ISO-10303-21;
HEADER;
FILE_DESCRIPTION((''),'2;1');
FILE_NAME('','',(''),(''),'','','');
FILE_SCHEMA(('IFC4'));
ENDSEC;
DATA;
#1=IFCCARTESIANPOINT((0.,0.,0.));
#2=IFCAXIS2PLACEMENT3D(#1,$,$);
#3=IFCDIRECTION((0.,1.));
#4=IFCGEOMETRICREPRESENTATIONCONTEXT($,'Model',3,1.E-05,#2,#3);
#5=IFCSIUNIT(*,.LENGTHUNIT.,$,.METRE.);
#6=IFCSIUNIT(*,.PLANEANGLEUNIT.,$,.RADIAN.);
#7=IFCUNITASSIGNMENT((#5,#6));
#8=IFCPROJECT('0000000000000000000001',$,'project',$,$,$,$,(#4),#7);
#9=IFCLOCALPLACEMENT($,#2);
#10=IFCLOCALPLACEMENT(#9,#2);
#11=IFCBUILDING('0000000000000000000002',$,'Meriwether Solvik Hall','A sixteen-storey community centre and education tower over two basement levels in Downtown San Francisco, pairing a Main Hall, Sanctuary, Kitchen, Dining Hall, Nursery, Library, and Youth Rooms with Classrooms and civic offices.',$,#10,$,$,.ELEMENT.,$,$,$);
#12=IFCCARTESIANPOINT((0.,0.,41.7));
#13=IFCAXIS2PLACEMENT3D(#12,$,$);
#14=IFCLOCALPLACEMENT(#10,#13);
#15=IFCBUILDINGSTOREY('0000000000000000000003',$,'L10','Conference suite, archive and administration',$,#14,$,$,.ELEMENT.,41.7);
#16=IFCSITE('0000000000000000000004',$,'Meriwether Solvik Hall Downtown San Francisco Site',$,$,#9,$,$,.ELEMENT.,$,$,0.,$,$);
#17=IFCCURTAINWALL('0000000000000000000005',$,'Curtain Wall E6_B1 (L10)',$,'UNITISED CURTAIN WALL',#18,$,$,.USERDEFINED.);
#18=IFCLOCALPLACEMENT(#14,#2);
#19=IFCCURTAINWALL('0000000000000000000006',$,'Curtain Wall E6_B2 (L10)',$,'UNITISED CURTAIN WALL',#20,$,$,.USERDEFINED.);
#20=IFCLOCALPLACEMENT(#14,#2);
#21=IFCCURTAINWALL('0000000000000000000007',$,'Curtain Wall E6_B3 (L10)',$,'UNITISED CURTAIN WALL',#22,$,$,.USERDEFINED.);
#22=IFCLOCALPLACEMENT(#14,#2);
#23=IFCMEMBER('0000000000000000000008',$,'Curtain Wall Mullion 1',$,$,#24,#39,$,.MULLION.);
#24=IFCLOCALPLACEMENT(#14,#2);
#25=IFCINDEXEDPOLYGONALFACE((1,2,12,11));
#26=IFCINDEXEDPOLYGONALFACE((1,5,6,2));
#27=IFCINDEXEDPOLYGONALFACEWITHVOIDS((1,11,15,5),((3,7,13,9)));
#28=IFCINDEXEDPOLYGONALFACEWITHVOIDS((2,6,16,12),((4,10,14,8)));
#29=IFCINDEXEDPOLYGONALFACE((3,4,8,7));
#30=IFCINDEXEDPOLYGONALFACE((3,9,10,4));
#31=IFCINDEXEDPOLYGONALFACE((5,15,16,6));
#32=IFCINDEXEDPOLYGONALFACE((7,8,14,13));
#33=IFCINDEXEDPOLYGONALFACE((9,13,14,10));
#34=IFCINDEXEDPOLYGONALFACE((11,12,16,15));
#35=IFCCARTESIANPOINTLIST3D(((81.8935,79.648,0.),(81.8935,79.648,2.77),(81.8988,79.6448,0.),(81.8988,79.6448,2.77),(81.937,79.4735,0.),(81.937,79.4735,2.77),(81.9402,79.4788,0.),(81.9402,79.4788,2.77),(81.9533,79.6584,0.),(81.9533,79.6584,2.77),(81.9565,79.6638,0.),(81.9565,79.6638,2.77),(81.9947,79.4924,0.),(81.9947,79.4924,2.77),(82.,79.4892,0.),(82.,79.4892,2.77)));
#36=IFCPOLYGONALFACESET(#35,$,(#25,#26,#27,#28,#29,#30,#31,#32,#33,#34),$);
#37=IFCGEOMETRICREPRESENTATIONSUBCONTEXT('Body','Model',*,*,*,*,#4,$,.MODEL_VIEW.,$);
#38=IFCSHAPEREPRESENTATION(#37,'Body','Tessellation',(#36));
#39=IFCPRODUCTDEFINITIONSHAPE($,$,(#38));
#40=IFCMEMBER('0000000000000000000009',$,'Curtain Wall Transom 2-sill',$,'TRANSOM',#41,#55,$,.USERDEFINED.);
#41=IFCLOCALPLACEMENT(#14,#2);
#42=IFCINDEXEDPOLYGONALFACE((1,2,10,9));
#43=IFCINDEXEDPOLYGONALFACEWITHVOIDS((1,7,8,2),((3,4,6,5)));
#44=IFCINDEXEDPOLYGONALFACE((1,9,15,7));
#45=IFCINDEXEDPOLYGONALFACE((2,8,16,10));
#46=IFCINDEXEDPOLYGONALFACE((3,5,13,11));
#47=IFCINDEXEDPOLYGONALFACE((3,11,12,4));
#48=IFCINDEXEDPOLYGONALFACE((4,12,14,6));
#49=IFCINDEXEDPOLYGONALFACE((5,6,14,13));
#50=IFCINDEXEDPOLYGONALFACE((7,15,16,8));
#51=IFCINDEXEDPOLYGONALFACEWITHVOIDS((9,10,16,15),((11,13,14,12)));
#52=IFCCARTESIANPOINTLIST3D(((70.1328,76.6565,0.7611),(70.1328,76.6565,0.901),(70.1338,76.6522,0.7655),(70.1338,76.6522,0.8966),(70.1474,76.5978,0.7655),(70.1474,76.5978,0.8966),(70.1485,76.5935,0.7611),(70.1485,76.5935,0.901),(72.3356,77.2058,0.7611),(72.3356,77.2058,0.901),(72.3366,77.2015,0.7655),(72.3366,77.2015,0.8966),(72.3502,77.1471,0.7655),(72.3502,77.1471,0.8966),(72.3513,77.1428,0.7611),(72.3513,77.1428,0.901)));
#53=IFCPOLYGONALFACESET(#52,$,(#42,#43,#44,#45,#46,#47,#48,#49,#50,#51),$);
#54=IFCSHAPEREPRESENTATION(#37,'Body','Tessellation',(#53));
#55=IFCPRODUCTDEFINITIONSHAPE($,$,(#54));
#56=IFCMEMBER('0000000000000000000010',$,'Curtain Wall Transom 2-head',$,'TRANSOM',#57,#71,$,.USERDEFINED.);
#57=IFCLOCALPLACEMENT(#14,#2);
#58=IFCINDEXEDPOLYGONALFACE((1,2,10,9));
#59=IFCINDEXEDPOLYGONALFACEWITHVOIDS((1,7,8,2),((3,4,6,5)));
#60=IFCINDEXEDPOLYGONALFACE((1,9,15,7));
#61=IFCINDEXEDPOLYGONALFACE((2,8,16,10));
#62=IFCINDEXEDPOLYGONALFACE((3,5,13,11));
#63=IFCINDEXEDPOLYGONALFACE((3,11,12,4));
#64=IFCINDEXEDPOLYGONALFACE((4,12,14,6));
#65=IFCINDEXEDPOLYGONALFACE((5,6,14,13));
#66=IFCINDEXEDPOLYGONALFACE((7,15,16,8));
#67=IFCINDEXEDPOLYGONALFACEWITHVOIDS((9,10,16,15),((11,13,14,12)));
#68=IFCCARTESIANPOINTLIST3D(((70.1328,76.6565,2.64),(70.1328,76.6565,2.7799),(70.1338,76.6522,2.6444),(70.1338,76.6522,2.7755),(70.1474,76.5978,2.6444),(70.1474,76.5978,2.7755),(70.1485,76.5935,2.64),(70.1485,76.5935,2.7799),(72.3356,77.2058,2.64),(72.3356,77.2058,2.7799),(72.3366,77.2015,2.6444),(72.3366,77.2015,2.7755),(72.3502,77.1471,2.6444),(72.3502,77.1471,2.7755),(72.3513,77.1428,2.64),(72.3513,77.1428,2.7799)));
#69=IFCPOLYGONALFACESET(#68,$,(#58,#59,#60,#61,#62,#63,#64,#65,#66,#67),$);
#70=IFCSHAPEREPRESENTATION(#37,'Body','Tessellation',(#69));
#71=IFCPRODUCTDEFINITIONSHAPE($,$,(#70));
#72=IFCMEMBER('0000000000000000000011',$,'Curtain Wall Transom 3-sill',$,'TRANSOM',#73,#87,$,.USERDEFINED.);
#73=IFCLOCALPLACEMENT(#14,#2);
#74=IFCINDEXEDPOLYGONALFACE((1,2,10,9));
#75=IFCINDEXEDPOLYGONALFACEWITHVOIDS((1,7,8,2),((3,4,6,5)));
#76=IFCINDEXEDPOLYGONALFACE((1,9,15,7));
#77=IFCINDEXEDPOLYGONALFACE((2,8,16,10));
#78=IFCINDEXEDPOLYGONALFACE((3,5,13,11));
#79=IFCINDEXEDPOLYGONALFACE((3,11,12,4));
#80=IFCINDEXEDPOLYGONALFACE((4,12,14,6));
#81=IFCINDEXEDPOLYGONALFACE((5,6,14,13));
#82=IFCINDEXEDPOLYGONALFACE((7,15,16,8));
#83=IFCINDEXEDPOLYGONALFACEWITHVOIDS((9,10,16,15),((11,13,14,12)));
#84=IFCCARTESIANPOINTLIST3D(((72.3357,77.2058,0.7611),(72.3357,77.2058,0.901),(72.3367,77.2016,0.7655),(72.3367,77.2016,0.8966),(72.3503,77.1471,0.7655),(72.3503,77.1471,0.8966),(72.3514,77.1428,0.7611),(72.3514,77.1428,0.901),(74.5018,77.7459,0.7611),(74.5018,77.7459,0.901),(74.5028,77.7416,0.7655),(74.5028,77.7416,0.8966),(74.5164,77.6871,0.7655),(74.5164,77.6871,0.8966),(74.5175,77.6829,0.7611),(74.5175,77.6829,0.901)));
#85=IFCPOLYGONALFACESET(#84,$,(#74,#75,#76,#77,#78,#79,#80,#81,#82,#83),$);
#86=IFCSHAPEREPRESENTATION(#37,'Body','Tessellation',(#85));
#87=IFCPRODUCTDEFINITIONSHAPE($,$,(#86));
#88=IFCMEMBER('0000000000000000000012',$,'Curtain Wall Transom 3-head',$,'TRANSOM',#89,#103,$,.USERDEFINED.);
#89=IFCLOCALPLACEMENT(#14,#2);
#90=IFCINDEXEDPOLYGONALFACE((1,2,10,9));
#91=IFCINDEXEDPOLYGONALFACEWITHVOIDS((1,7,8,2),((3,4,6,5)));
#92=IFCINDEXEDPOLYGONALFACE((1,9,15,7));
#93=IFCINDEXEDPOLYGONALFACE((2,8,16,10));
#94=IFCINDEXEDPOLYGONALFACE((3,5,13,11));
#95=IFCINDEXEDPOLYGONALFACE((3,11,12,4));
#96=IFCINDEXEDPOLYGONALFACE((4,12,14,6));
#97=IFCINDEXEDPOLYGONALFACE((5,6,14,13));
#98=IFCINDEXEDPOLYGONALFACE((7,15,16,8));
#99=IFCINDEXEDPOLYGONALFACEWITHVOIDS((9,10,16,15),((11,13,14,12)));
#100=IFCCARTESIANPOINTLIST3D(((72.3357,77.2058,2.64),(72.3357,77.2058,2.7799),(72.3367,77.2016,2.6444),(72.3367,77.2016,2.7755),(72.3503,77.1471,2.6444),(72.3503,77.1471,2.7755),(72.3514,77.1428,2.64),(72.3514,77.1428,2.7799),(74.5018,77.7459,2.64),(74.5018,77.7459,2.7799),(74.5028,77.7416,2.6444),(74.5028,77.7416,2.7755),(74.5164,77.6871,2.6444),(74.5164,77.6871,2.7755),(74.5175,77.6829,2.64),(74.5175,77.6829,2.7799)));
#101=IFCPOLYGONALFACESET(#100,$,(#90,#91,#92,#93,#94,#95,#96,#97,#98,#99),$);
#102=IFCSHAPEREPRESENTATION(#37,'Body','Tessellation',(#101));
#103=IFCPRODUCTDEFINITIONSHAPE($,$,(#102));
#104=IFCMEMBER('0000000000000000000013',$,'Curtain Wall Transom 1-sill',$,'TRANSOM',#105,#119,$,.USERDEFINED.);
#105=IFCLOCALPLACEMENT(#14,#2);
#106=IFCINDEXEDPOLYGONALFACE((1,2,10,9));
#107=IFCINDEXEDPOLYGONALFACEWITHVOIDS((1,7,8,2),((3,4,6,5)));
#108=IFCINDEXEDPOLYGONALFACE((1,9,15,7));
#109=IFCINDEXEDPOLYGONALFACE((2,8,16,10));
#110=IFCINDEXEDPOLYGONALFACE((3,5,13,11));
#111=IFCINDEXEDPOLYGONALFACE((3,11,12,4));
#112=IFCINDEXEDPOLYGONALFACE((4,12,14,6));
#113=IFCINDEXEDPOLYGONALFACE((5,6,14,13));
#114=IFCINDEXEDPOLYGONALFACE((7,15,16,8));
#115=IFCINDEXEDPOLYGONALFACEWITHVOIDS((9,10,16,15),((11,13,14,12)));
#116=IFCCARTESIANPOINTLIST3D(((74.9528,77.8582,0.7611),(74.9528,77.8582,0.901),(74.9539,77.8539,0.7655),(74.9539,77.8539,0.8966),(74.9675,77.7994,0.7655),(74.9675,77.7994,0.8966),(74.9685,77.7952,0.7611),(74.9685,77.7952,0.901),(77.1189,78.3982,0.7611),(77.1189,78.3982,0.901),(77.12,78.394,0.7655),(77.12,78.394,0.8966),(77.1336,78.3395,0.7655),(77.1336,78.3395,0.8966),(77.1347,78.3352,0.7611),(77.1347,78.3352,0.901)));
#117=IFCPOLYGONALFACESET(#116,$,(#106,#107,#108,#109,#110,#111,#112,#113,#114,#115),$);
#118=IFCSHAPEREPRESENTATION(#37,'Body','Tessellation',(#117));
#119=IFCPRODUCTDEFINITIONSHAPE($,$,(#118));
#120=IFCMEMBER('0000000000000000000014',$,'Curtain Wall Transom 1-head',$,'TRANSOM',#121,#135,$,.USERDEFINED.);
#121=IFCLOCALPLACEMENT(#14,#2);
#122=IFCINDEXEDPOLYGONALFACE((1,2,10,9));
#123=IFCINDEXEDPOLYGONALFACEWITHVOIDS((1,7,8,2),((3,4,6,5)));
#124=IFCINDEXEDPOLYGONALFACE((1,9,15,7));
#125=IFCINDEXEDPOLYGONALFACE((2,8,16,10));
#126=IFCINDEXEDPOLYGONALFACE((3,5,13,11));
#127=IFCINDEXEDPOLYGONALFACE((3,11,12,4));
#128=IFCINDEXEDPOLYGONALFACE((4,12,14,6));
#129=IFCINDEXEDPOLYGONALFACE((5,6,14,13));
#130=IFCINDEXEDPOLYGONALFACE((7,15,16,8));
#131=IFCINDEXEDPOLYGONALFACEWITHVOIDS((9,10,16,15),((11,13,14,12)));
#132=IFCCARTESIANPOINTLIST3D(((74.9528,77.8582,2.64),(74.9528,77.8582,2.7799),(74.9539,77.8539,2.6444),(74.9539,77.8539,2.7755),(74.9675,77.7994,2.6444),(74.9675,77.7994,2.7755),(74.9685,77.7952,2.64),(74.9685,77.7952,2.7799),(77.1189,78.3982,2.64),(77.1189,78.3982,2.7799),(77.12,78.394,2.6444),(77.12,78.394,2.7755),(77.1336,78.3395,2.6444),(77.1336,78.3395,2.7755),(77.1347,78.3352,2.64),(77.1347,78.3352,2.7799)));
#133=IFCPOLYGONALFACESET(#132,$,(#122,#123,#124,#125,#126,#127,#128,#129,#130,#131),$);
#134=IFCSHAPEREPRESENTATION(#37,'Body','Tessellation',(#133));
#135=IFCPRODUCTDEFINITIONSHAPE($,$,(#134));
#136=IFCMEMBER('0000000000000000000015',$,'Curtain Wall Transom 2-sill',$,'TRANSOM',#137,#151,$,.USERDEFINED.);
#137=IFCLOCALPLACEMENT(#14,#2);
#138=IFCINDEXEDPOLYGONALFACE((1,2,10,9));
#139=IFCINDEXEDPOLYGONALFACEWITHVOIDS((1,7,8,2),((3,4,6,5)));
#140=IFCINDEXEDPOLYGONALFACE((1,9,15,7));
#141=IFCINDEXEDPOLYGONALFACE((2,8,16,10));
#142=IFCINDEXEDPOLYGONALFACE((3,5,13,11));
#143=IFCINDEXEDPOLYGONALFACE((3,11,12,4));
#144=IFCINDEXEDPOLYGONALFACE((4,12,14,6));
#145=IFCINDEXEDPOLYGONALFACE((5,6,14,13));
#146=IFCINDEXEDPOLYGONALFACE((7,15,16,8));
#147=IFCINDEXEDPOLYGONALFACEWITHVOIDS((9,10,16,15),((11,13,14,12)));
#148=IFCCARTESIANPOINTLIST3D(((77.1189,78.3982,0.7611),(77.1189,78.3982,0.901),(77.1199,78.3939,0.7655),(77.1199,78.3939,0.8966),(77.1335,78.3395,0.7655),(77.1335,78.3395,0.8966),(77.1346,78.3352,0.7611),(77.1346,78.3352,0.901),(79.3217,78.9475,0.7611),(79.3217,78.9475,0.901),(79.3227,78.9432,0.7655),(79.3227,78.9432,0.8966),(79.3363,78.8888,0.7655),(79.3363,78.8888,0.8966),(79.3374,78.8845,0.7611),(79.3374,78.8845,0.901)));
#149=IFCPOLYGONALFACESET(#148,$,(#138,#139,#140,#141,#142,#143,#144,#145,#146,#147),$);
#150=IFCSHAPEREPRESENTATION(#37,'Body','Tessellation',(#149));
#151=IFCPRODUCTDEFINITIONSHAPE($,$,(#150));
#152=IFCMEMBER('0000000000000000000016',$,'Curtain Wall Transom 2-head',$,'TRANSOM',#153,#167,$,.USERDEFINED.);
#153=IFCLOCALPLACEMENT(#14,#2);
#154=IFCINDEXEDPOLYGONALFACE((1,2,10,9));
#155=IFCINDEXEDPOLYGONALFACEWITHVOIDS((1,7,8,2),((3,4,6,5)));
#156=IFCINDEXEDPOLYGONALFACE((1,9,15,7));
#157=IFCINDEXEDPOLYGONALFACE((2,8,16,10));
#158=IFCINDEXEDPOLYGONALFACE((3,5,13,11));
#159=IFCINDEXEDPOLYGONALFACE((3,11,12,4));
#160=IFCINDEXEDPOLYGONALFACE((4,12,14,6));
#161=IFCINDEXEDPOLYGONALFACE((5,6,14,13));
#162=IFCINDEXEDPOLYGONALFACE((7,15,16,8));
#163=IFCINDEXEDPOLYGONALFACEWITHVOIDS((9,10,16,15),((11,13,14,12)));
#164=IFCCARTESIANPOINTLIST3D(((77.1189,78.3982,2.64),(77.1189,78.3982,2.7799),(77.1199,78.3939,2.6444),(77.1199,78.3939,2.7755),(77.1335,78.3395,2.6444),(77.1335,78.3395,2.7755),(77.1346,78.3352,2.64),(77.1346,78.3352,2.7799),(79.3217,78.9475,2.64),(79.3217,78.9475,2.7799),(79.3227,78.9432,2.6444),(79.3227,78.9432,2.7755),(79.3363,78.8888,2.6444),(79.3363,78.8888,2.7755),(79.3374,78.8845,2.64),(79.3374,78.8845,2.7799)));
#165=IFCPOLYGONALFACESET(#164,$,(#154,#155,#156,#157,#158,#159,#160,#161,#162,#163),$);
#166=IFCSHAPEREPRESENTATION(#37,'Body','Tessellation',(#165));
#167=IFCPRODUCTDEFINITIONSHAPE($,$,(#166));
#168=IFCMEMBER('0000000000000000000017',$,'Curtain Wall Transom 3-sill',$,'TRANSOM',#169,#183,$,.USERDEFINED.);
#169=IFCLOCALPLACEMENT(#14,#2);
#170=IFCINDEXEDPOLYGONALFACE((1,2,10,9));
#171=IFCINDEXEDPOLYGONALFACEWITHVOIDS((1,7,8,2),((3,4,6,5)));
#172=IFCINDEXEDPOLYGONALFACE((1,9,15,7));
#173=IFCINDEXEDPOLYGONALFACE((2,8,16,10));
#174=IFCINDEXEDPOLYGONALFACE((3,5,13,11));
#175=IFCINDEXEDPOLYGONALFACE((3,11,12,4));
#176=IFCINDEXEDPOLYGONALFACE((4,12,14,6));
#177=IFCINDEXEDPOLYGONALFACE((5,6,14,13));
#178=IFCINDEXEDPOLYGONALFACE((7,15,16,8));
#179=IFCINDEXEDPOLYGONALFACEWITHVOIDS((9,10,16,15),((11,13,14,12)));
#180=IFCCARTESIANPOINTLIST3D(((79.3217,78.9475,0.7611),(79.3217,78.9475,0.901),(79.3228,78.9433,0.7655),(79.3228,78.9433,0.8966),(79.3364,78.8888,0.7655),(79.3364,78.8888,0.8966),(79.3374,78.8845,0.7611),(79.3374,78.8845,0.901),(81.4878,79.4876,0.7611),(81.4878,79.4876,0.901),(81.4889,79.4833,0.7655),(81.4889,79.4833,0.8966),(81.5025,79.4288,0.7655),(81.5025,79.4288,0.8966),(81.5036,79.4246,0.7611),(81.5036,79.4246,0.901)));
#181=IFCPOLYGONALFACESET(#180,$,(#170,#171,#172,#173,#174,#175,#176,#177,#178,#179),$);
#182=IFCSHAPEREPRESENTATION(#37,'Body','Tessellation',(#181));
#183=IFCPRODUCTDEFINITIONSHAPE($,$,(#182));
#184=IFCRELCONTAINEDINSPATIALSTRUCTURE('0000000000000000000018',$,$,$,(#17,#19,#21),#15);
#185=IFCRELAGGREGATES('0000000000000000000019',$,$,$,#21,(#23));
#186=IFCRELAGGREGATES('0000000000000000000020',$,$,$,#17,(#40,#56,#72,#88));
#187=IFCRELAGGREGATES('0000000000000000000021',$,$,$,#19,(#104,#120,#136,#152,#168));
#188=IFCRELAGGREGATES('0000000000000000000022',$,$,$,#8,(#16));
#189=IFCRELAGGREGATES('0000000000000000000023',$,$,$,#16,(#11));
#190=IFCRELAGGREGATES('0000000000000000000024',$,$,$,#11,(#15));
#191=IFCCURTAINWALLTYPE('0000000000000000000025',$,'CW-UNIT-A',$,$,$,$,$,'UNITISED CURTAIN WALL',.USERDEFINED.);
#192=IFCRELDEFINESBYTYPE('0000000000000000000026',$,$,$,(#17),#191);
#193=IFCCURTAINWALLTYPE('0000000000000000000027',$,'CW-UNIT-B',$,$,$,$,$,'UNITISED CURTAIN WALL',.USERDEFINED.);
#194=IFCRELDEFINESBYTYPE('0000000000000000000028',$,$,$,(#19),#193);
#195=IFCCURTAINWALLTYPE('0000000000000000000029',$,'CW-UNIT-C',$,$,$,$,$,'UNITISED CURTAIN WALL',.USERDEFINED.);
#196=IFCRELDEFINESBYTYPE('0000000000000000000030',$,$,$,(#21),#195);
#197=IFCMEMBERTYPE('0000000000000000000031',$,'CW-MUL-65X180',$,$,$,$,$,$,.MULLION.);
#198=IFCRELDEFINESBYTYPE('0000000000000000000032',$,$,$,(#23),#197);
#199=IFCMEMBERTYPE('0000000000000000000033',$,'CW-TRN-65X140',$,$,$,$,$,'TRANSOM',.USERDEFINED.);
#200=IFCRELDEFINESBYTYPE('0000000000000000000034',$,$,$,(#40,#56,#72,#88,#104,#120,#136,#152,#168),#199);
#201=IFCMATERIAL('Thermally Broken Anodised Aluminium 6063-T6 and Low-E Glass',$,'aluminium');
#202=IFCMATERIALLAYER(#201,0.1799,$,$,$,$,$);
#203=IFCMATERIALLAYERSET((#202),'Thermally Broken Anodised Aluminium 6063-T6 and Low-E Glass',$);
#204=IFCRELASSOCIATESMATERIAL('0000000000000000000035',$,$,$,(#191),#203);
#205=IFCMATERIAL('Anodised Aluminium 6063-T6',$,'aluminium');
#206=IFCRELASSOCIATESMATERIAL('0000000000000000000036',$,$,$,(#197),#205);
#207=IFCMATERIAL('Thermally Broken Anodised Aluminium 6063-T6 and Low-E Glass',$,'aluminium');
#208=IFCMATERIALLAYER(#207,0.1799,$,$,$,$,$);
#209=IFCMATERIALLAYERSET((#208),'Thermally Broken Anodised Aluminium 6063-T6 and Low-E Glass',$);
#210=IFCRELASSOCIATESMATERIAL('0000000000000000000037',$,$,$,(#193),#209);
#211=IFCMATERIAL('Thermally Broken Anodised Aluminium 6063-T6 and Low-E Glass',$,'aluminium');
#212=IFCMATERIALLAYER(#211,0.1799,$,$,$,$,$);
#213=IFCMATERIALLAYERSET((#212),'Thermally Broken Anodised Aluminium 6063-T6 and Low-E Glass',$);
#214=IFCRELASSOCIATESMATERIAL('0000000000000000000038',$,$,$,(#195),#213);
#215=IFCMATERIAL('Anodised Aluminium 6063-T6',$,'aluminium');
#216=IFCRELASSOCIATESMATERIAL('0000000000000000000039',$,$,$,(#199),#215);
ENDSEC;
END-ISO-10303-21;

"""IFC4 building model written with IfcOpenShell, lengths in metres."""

from ifc_helpers import new_model, si_unit, direction, frame, origin, origin_2d, place, context, subcontext, project, spatial, hollow_rectangle, extrude, material, layer, layer_set, material_profile, profile_set, type_object, element, aggregate, save


model = new_model("IFC4")

# Units and contexts
model_context = context("Model", 3, precision=1e-05, world=origin(), true_north=direction((0.0, 1.0)))
body_context = subcontext(model_context, "Body", "Model", "MODEL_VIEW")
ifc_project = project(units=[si_unit("LENGTHUNIT", "METRE"), si_unit("PLANEANGLEUNIT", "RADIAN")], contexts=[model_context])

# Site, building, storey
site_placement = place(None, origin())
site = spatial("IfcSite", under=ifc_project, at=site_placement, Name="Meriwether Solvik Hall Downtown San Francisco Site", CompositionType="ELEMENT", RefElevation=0.0)
building_placement = place(site_placement, origin())
building = spatial("IfcBuilding", under=site, at=building_placement, Name="Meriwether Solvik Hall", Description="A sixteen-storey community centre and education tower over two basement levels in Downtown San Francisco, pairing a Main Hall, Sanctuary, Kitchen, Dining Hall, Nursery, Library, and Youth Rooms with Classrooms and civic offices.", CompositionType="ELEMENT")
storey_placement = place(building_placement, frame((0.0, 0.0, 41.7)))
storey = spatial("IfcBuildingStorey", under=building, at=storey_placement, Name="L10", Description="Conference suite, archive and administration", CompositionType="ELEMENT", Elevation=41.7)

# Curtain walls
ifc_material_1 = material(Name="Thermally Broken Anodised Aluminium 6063-T6 and Low-E Glass", Category="aluminium")
ifc_layer_1 = layer(ifc_material_1, 0.1799)
ifc_layer_set_1 = layer_set([ifc_layer_1], Name="Thermally Broken Anodised Aluminium 6063-T6 and Low-E Glass")
curtain_wall_type_1 = type_object("IfcCurtainWallType", Name="CW-UNIT-A", ElementType="UNITISED CURTAIN WALL", PredefinedType="USERDEFINED", material=ifc_layer_set_1)
curtain_wall_1_placement = place(storey_placement, origin())
curtain_wall_1 = element("IfcCurtainWall", 1, at=curtain_wall_1_placement, inside=storey, type_object=curtain_wall_type_1, Name="Curtain Wall E6_B1 (L10)", ObjectType="UNITISED CURTAIN WALL", PredefinedType="USERDEFINED")
ifc_material_2 = material(Name="Anodised Aluminium 6063-T6", Category="aluminium")
ifc_material_profile_1 = material_profile(ifc_material_2, hollow_rectangle(XDim=0.0649, YDim=0.1799, WallThickness=0.0044, at=origin_2d()), Name="CWM-65X180")
ifc_profile_set_1 = profile_set([ifc_material_profile_1], Name="Anodised Aluminium 6063-T6")
member_type_1 = type_object("IfcMemberType", Name="CW-MUL-65X180", PredefinedType="MULLION", material=ifc_profile_set_1)
ifc_material_3 = material(Name="Thermally Broken Anodised Aluminium 6063-T6 and Low-E Glass", Category="aluminium")
ifc_layer_2 = layer(ifc_material_3, 0.1799)
ifc_layer_set_2 = layer_set([ifc_layer_2], Name="Thermally Broken Anodised Aluminium 6063-T6 and Low-E Glass")
curtain_wall_type_2 = type_object("IfcCurtainWallType", Name="CW-UNIT-B", ElementType="UNITISED CURTAIN WALL", PredefinedType="USERDEFINED", material=ifc_layer_set_2)
curtain_wall_2_placement = place(storey_placement, origin())
curtain_wall_2 = element("IfcCurtainWall", 2, at=curtain_wall_2_placement, inside=storey, type_object=curtain_wall_type_2, Name="Curtain Wall E6_B2 (L10)", ObjectType="UNITISED CURTAIN WALL", PredefinedType="USERDEFINED")

# Curtain wall, member
ifc_material_4 = material(Name="Thermally Broken Anodised Aluminium 6063-T6 and Low-E Glass", Category="aluminium")
ifc_layer_3 = layer(ifc_material_4, 0.1799)
ifc_layer_set_3 = layer_set([ifc_layer_3], Name="Thermally Broken Anodised Aluminium 6063-T6 and Low-E Glass")
curtain_wall_type_3 = type_object("IfcCurtainWallType", Name="CW-UNIT-C", ElementType="UNITISED CURTAIN WALL", PredefinedType="USERDEFINED", material=ifc_layer_set_3)
curtain_wall_3_placement = place(storey_placement, origin())
curtain_wall_3 = element("IfcCurtainWall", 3, at=curtain_wall_3_placement, inside=storey, type_object=curtain_wall_type_3, Name="Curtain Wall E6_B3 (L10)", ObjectType="UNITISED CURTAIN WALL", PredefinedType="USERDEFINED")
member_1_placement = place(storey_placement, frame((81.9468, 79.5686, 0.0), z_axis=(0.0, 0.0, 1.0), x_axis=(0.970296, 0.241922, 0.0)))
member_1 = element("IfcMember", 4, at=member_1_placement, type_object=member_type_1, Name="Curtain Wall Mullion 1", PredefinedType="MULLION", context=body_context, shape_type="SweptSolid", body=[
    extrude(hollow_rectangle(XDim=0.0649, YDim=0.1799, WallThickness=0.0044, at=origin_2d()), origin(), (0.0, 0.0, 1.0), 2.77),
])

# Members
ifc_material_5 = material(Name="Anodised Aluminium 6063-T6", Category="aluminium")
ifc_material_profile_2 = material_profile(ifc_material_5, hollow_rectangle(XDim=0.0649, YDim=0.1399, WallThickness=0.0044, at=origin_2d()), Name="CWT-65X140")
ifc_profile_set_2 = profile_set([ifc_material_profile_2], Name="Anodised Aluminium 6063-T6")
member_type_2 = type_object("IfcMemberType", Name="CW-TRN-65X140", ElementType="TRANSOM", PredefinedType="USERDEFINED", material=ifc_profile_set_2)
member_2_placement = place(storey_placement, frame((70.1406, 76.625, 0.8311), z_axis=(0.970288, 0.241954, 0.0), x_axis=(-0.241954, 0.970288, 0.0)))
member_2 = element("IfcMember", 5, at=member_2_placement, type_object=member_type_2, Name="Curtain Wall Transom 2-sill", ObjectType="TRANSOM", PredefinedType="USERDEFINED", context=body_context, shape_type="SweptSolid", body=[
    extrude(hollow_rectangle(XDim=0.0649, YDim=0.1399, WallThickness=0.0044, at=origin_2d()), origin(), (0.0, 0.0, 1.0), 2.2703),
])
member_3_placement = place(storey_placement, frame((70.1406, 76.625, 2.71), z_axis=(0.970288, 0.241954, 0.0), x_axis=(-0.241954, 0.970288, 0.0)))
member_3 = element("IfcMember", 6, at=member_3_placement, type_object=member_type_2, Name="Curtain Wall Transom 2-head", ObjectType="TRANSOM", PredefinedType="USERDEFINED", context=body_context, shape_type="SweptSolid", body=[
    extrude(hollow_rectangle(XDim=0.0649, YDim=0.1399, WallThickness=0.0044, at=origin_2d()), origin(), (0.0, 0.0, 1.0), 2.2703),
])
member_4_placement = place(storey_placement, frame((72.3435, 77.1743, 0.8311), z_axis=(0.970297, 0.241918, 0.0), x_axis=(-0.241918, 0.970297, 0.0)))
member_4 = element("IfcMember", 7, at=member_4_placement, type_object=member_type_2, Name="Curtain Wall Transom 3-sill", ObjectType="TRANSOM", PredefinedType="USERDEFINED", context=body_context, shape_type="SweptSolid", body=[
    extrude(hollow_rectangle(XDim=0.0649, YDim=0.1399, WallThickness=0.0044, at=origin_2d()), origin(), (0.0, 0.0, 1.0), 2.2324),
])
member_5_placement = place(storey_placement, frame((72.3435, 77.1743, 2.71), z_axis=(0.970297, 0.241918, 0.0), x_axis=(-0.241918, 0.970297, 0.0)))
member_5 = element("IfcMember", 8, at=member_5_placement, type_object=member_type_2, Name="Curtain Wall Transom 3-head", ObjectType="TRANSOM", PredefinedType="USERDEFINED", context=body_context, shape_type="SweptSolid", body=[
    extrude(hollow_rectangle(XDim=0.0649, YDim=0.1399, WallThickness=0.0044, at=origin_2d()), origin(), (0.0, 0.0, 1.0), 2.2324),
])
member_6_placement = place(storey_placement, frame((74.9607, 77.8267, 0.8311), z_axis=(0.970297, 0.241918, 0.0), x_axis=(-0.241918, 0.970297, 0.0)))
member_6 = element("IfcMember", 9, at=member_6_placement, type_object=member_type_2, Name="Curtain Wall Transom 1-sill", ObjectType="TRANSOM", PredefinedType="USERDEFINED", context=body_context, shape_type="SweptSolid", body=[
    extrude(hollow_rectangle(XDim=0.0649, YDim=0.1399, WallThickness=0.0044, at=origin_2d()), origin(), (0.0, 0.0, 1.0), 2.2324),
])
member_7_placement = place(storey_placement, frame((74.9607, 77.8267, 2.71), z_axis=(0.970297, 0.241918, 0.0), x_axis=(-0.241918, 0.970297, 0.0)))
member_7 = element("IfcMember", 10, at=member_7_placement, type_object=member_type_2, Name="Curtain Wall Transom 1-head", ObjectType="TRANSOM", PredefinedType="USERDEFINED", context=body_context, shape_type="SweptSolid", body=[
    extrude(hollow_rectangle(XDim=0.0649, YDim=0.1399, WallThickness=0.0044, at=origin_2d()), origin(), (0.0, 0.0, 1.0), 2.2324),
])
member_8_placement = place(storey_placement, frame((77.1267, 78.3667, 0.8311), z_axis=(0.970288, 0.241954, 0.0), x_axis=(-0.241954, 0.970288, 0.0)))
member_8 = element("IfcMember", 11, at=member_8_placement, type_object=member_type_2, Name="Curtain Wall Transom 2-sill", ObjectType="TRANSOM", PredefinedType="USERDEFINED", context=body_context, shape_type="SweptSolid", body=[
    extrude(hollow_rectangle(XDim=0.0649, YDim=0.1399, WallThickness=0.0044, at=origin_2d()), origin(), (0.0, 0.0, 1.0), 2.2703),
])
member_9_placement = place(storey_placement, frame((77.1267, 78.3667, 2.71), z_axis=(0.970288, 0.241954, 0.0), x_axis=(-0.241954, 0.970288, 0.0)))
member_9 = element("IfcMember", 12, at=member_9_placement, type_object=member_type_2, Name="Curtain Wall Transom 2-head", ObjectType="TRANSOM", PredefinedType="USERDEFINED", context=body_context, shape_type="SweptSolid", body=[
    extrude(hollow_rectangle(XDim=0.0649, YDim=0.1399, WallThickness=0.0044, at=origin_2d()), origin(), (0.0, 0.0, 1.0), 2.2703),
])
member_10_placement = place(storey_placement, frame((79.3296, 78.916, 0.8311), z_axis=(0.970297, 0.241918, 0.0), x_axis=(-0.241918, 0.970297, 0.0)))
member_10 = element("IfcMember", 13, at=member_10_placement, type_object=member_type_2, Name="Curtain Wall Transom 3-sill", ObjectType="TRANSOM", PredefinedType="USERDEFINED", context=body_context, shape_type="SweptSolid", body=[
    extrude(hollow_rectangle(XDim=0.0649, YDim=0.1399, WallThickness=0.0044, at=origin_2d()), origin(), (0.0, 0.0, 1.0), 2.2324),
])
aggregate(curtain_wall_3, [member_1])

aggregate(curtain_wall_1, [member_2, member_3, member_4, member_5])
aggregate(curtain_wall_2, [member_6, member_7, member_8, member_9, member_10])

save(model, "model.ifc")
